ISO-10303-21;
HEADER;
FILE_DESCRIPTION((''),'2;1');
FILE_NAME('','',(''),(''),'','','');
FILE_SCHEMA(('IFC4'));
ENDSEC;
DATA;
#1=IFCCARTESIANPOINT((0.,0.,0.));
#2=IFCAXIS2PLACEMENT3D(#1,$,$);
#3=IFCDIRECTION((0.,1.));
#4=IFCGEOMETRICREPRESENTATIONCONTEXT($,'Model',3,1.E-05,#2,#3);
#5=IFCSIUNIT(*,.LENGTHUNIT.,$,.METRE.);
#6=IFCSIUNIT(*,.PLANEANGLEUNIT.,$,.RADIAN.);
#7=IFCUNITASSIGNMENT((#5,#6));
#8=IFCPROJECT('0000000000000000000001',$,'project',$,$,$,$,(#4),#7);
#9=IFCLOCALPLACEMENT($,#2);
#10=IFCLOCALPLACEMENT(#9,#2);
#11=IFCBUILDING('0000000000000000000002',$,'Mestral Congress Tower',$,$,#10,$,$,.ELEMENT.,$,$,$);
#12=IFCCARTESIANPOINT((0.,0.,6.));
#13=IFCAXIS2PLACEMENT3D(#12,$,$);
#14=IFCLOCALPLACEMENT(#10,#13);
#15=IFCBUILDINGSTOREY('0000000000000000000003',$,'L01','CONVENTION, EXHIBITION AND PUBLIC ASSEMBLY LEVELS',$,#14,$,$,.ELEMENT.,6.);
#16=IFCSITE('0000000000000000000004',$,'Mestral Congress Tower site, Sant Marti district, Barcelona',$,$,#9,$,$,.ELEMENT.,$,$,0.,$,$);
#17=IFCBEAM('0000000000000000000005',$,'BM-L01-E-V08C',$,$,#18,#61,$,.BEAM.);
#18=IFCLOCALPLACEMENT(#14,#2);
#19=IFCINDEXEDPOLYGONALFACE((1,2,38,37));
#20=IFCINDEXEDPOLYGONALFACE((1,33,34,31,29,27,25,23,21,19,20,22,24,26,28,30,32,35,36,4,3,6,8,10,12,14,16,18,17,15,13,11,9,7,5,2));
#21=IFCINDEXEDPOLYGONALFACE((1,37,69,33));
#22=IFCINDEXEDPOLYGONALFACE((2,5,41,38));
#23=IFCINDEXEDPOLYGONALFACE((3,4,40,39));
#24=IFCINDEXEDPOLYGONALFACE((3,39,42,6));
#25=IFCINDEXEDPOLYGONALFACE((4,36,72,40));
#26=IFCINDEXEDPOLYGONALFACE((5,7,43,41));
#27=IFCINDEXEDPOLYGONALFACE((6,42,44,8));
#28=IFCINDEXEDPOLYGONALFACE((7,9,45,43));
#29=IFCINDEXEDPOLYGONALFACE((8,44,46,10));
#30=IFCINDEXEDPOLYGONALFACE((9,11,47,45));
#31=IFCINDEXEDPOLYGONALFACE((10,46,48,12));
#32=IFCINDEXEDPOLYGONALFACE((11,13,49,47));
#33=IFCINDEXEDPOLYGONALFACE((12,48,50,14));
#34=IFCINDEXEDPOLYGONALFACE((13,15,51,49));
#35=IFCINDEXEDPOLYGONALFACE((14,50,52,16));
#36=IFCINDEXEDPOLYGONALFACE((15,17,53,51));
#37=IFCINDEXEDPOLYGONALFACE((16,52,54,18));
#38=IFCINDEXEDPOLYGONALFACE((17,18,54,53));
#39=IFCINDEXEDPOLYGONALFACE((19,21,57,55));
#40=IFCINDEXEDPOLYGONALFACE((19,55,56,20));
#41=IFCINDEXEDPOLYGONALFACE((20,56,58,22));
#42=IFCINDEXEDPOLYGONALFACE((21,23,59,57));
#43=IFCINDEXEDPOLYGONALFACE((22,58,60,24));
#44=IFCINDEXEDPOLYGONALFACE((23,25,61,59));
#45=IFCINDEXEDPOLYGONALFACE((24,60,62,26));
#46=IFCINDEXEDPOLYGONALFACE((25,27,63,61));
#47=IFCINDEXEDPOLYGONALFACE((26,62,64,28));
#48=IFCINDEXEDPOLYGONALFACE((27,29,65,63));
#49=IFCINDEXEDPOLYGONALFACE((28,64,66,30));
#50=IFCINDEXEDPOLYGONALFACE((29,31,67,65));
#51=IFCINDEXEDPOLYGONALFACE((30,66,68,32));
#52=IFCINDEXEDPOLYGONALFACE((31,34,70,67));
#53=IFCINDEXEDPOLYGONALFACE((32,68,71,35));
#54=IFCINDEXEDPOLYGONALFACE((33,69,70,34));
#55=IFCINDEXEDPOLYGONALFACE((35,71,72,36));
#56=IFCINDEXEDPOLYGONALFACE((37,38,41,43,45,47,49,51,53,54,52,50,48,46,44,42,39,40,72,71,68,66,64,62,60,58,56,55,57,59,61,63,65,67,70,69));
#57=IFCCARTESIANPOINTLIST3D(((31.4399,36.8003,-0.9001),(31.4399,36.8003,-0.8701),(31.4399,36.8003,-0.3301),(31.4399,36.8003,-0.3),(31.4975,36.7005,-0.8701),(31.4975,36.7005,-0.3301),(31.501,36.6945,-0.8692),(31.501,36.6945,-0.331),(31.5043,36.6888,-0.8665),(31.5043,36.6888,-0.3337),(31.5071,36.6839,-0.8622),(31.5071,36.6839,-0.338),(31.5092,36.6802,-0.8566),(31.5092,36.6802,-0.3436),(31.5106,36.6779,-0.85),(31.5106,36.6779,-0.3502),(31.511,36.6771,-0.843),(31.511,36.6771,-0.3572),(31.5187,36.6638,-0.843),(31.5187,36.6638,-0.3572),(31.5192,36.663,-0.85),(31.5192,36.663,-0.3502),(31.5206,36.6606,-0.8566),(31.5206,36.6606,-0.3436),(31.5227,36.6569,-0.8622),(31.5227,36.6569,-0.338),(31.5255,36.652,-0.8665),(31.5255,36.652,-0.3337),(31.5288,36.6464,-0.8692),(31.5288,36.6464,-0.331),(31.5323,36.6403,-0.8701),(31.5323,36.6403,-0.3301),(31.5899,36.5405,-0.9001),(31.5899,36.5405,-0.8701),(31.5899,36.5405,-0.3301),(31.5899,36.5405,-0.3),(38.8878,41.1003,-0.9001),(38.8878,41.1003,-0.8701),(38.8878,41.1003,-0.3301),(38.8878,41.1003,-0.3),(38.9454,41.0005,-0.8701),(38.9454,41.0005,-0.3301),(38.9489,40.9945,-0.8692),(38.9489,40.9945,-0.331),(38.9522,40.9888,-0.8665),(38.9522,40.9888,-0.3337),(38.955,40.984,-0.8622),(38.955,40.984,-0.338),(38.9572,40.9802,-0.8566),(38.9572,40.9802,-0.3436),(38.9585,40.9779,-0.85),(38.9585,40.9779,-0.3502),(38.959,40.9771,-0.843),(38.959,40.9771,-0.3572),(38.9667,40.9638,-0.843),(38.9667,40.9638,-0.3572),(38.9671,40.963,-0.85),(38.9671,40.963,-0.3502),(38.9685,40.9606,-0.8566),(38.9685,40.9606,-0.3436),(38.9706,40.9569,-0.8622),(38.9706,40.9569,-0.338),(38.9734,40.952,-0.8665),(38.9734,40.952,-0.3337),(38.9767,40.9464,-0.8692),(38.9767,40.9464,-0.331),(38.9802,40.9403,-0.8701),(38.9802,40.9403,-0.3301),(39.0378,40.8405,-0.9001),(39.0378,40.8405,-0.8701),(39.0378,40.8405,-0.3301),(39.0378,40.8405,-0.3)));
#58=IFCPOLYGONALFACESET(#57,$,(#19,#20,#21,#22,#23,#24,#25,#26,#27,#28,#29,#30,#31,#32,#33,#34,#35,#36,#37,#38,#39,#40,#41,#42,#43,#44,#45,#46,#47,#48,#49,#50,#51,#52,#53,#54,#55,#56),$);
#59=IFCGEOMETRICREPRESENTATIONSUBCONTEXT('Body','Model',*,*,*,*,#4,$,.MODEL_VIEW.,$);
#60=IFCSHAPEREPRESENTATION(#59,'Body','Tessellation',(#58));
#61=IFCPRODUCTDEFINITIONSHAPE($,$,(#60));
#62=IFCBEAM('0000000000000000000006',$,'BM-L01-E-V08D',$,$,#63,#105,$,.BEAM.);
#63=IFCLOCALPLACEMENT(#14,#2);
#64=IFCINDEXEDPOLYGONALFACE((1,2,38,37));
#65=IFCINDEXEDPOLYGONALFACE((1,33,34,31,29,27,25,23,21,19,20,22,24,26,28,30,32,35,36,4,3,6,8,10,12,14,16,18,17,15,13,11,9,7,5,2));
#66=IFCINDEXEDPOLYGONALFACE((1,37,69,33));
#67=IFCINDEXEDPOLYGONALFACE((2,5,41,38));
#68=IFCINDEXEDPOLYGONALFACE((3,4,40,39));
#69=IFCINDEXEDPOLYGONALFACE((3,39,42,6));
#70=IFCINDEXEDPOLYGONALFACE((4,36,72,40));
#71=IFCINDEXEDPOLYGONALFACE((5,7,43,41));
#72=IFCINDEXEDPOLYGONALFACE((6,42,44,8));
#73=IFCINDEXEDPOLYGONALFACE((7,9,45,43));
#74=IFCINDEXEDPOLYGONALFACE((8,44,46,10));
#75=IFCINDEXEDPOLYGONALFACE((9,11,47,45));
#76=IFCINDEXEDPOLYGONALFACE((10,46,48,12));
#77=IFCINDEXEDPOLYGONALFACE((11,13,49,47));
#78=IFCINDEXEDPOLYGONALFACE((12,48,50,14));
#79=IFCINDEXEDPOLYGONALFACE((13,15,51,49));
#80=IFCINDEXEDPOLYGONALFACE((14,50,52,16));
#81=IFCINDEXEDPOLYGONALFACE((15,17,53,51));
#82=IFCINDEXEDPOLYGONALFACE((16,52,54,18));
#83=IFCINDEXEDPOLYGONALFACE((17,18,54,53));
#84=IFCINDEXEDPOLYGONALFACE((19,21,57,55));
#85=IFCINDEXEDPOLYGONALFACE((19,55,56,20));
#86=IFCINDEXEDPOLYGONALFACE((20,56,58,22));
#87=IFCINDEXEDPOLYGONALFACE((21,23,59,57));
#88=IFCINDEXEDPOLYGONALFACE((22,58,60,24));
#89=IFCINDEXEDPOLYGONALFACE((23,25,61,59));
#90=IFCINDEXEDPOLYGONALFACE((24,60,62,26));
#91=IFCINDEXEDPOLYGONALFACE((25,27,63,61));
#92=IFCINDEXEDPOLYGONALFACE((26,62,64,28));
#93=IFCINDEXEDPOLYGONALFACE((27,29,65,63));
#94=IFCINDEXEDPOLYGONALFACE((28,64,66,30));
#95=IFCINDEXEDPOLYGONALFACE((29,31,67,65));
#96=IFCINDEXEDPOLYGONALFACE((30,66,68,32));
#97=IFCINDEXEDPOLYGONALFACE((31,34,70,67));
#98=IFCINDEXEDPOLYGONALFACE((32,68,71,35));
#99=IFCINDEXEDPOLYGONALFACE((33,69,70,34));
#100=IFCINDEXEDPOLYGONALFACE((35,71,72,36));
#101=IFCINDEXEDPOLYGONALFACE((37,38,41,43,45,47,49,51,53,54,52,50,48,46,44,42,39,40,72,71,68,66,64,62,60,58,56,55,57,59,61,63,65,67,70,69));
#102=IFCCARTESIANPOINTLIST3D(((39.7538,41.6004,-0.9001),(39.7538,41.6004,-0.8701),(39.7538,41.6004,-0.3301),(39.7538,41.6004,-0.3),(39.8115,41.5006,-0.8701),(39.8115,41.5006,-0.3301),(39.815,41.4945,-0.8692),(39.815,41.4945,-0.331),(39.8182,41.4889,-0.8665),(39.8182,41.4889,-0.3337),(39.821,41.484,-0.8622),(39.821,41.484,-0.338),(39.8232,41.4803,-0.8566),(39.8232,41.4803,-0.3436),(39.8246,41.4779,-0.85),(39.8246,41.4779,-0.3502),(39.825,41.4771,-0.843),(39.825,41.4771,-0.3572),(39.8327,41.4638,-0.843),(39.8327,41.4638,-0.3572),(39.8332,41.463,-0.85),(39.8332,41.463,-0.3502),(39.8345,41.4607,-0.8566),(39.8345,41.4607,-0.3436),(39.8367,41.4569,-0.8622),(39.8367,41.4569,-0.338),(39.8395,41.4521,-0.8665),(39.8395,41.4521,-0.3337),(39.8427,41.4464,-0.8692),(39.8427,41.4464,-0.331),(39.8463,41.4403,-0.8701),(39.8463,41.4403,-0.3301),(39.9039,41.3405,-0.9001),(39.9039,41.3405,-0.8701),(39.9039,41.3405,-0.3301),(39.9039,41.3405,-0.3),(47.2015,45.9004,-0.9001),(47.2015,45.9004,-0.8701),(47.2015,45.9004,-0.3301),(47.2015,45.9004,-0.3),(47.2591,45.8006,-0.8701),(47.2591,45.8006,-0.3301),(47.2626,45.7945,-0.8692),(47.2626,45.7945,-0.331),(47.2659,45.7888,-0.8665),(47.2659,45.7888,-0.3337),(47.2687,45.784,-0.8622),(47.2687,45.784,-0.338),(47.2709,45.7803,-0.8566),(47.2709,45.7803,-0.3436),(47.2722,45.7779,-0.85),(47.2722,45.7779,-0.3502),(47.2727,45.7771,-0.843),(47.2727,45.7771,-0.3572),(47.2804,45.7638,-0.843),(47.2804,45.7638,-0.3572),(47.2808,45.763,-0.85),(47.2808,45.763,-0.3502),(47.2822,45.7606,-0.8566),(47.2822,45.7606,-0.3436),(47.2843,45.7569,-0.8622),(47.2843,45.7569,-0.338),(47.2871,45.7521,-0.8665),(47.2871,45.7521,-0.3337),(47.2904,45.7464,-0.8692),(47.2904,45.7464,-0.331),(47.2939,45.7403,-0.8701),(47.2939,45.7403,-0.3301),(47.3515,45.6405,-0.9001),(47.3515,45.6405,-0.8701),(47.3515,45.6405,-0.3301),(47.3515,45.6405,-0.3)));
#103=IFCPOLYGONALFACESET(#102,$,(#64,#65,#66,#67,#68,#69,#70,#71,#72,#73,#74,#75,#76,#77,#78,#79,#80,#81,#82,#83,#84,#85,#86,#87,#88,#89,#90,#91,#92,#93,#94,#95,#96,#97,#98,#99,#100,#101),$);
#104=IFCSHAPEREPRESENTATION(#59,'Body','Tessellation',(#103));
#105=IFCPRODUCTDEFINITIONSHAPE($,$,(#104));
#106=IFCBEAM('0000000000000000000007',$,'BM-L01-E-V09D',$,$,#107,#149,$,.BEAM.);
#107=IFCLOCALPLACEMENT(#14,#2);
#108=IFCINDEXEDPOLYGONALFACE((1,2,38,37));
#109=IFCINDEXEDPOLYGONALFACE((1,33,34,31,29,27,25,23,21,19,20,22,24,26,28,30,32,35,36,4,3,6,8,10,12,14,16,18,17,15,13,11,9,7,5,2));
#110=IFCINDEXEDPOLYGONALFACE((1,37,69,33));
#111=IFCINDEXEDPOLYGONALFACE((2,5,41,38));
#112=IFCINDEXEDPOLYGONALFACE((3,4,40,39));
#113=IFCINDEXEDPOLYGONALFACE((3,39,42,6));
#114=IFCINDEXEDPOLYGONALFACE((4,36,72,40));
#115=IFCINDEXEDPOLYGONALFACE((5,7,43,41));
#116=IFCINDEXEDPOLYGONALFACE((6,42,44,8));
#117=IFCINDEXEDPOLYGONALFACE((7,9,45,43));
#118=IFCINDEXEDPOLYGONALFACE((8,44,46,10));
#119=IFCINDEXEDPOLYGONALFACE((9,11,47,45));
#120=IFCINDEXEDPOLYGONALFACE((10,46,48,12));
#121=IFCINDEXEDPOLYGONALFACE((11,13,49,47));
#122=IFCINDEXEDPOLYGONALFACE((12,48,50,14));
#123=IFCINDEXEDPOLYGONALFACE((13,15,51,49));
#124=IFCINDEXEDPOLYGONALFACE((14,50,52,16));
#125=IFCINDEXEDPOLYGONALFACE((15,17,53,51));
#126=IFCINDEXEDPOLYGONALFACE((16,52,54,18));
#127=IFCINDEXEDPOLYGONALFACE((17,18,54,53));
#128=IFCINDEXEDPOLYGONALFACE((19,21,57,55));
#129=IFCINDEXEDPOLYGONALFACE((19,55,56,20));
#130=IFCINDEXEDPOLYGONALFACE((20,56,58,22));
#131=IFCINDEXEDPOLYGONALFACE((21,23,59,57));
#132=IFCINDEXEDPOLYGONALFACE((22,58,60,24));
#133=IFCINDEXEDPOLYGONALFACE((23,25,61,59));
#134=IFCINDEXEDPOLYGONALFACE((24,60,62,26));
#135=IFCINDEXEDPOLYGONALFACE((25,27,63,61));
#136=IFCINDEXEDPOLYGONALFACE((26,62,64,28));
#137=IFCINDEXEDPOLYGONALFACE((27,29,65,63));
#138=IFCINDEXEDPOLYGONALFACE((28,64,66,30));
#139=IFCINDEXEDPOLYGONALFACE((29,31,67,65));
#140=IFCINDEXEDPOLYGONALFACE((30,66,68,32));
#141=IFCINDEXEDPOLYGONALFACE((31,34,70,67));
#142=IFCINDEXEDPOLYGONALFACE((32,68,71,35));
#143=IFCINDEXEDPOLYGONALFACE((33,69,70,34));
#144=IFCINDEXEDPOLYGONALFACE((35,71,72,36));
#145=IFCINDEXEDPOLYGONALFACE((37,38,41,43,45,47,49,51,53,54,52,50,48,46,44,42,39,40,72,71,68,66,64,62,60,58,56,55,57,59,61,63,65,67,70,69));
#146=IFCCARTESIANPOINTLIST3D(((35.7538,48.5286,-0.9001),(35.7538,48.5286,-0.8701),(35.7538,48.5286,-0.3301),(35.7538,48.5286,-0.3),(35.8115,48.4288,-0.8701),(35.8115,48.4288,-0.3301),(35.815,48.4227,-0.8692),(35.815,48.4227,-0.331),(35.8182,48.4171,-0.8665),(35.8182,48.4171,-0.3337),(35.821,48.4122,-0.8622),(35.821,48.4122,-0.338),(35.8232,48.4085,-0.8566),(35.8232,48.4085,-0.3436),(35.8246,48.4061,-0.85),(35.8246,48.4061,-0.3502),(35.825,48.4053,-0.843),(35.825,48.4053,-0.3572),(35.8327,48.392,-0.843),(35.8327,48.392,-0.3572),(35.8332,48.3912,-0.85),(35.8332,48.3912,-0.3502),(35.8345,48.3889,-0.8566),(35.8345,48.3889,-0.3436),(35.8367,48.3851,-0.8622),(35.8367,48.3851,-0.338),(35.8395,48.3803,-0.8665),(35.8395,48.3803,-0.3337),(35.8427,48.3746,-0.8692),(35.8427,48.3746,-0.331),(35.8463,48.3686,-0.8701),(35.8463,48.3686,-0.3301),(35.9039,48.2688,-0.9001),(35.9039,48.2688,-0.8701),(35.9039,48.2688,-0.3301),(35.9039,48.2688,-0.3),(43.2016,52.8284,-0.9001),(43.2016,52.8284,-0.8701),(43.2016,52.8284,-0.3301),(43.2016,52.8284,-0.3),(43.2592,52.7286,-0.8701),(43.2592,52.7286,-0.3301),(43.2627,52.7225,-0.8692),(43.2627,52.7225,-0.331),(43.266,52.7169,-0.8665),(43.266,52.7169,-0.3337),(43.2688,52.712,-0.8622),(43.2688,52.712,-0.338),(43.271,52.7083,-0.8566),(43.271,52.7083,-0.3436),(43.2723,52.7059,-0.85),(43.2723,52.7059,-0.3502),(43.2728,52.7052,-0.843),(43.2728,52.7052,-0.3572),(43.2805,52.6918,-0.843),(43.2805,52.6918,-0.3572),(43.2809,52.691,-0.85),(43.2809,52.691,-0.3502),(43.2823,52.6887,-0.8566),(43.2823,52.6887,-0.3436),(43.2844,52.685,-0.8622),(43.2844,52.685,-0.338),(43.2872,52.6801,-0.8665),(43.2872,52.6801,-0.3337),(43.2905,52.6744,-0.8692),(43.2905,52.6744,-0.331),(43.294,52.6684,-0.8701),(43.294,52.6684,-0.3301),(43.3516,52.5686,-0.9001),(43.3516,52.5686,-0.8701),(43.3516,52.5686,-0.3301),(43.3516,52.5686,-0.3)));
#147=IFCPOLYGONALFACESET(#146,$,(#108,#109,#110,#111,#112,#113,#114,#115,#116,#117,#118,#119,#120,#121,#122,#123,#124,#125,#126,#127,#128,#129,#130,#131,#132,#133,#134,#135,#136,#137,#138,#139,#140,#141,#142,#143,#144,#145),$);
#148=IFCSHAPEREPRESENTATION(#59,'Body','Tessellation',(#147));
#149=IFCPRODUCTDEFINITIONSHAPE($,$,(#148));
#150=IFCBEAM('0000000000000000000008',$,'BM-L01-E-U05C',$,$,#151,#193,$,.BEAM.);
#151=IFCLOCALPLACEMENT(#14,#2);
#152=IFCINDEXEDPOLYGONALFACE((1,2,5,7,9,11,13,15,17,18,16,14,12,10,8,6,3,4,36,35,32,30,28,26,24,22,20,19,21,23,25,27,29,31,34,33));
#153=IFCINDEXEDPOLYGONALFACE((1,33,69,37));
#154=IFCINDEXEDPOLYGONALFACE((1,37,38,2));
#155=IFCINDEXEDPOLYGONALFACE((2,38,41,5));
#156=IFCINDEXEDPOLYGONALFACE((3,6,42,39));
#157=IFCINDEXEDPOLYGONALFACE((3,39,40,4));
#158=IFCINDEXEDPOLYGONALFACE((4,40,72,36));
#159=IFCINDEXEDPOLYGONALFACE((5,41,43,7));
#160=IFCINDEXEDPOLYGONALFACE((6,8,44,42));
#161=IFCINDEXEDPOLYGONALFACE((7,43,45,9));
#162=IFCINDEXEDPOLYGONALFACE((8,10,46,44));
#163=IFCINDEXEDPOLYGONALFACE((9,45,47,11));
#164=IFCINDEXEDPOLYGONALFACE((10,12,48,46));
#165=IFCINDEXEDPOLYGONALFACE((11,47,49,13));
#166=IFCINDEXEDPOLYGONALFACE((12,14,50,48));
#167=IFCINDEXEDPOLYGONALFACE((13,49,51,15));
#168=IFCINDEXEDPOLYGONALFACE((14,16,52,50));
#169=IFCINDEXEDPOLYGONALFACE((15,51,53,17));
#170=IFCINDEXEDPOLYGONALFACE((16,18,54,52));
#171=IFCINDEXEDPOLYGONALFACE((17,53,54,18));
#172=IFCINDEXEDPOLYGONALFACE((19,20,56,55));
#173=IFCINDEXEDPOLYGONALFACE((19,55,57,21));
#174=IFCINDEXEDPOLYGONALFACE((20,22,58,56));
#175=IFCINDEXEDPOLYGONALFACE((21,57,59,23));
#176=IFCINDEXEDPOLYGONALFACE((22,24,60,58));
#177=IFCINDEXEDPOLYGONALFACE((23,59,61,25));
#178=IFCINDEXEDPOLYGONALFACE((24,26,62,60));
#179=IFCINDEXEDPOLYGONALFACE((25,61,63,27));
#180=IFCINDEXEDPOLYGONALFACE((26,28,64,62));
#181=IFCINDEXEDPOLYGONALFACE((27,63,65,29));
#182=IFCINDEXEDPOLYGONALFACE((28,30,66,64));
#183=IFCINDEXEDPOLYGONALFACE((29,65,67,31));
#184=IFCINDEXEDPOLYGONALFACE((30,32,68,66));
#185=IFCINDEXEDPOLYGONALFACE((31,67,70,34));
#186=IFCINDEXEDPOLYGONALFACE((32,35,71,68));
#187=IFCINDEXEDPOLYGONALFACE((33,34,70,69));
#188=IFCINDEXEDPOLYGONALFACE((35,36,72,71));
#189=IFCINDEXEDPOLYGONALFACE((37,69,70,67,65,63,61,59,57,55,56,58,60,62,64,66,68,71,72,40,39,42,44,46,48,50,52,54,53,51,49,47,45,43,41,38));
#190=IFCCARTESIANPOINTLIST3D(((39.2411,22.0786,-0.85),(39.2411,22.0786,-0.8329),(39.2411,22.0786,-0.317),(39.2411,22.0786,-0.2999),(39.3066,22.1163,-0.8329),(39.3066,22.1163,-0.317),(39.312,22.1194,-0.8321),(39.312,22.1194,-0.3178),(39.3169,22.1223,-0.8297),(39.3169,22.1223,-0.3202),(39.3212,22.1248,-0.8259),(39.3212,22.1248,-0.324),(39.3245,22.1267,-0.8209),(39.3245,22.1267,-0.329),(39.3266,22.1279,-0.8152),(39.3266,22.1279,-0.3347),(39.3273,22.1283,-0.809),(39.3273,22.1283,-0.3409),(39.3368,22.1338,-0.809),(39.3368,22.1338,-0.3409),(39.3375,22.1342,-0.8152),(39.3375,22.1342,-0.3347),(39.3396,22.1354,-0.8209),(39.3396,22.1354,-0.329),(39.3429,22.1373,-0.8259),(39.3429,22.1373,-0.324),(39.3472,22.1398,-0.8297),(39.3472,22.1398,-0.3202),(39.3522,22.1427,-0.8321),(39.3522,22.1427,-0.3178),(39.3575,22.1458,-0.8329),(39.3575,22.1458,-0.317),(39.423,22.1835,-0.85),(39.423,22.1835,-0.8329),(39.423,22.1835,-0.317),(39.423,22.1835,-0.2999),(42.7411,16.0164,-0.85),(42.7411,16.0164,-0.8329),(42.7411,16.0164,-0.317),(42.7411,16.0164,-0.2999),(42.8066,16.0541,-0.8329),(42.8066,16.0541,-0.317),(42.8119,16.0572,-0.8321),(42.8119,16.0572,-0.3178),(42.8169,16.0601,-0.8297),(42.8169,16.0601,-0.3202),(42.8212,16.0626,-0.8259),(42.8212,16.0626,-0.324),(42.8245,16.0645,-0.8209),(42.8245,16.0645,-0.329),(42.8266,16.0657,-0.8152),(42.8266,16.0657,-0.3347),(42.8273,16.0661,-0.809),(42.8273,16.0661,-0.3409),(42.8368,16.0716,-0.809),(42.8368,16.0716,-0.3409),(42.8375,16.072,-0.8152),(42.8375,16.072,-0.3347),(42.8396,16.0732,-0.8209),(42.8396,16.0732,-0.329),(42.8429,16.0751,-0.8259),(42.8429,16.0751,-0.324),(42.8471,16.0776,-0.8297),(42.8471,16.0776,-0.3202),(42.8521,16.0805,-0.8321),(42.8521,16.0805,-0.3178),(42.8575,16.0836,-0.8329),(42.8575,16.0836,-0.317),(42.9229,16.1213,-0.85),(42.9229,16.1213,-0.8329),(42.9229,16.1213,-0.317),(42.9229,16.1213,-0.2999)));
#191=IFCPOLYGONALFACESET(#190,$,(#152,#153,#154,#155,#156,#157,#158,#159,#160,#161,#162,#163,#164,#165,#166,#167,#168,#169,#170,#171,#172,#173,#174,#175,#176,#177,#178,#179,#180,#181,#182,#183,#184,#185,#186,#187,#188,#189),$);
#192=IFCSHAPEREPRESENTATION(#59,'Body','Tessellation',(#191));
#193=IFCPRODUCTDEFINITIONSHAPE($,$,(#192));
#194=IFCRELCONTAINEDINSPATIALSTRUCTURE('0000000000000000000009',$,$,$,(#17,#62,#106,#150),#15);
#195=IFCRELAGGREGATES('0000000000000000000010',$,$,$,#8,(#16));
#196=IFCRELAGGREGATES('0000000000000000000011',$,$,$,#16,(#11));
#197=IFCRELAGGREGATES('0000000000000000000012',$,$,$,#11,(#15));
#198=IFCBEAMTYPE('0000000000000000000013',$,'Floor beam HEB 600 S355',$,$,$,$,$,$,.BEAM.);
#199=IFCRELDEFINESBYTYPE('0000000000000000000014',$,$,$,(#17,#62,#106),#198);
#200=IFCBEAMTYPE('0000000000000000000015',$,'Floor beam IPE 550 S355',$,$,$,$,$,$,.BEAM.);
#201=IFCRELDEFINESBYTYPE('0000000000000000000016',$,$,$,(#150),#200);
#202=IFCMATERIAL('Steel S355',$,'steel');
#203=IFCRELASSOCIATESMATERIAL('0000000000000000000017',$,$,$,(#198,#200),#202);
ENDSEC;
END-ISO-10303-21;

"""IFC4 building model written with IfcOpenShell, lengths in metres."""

from ifc_helpers import new_model, si_unit, direction, frame, origin, origin_2d, place, context, subcontext, project, spatial, i_section, extrude, material, material_profile, profile_set, type_object, element, save


model = new_model("IFC4")

# Units and contexts
model_context = context("Model", 3, precision=1e-05, world=origin(), true_north=direction((0.0, 1.0)))
body_context = subcontext(model_context, "Body", "Model", "MODEL_VIEW")
ifc_project = project(units=[si_unit("LENGTHUNIT", "METRE"), si_unit("PLANEANGLEUNIT", "RADIAN")], contexts=[model_context])

# Site, building, storey
site_placement = place(None, origin())
site = spatial("IfcSite", under=ifc_project, at=site_placement, Name="Mestral Congress Tower site, Sant Marti district, Barcelona", CompositionType="ELEMENT", RefElevation=0.0)
building_placement = place(site_placement, origin())
building = spatial("IfcBuilding", under=site, at=building_placement, Name="Mestral Congress Tower", CompositionType="ELEMENT")
storey_placement = place(building_placement, frame((0.0, 0.0, 6.0)))
storey = spatial("IfcBuildingStorey", under=building, at=storey_placement, Name="L01", Description="CONVENTION, EXHIBITION AND PUBLIC ASSEMBLY LEVELS", CompositionType="ELEMENT", Elevation=6.0)

# Beams
ifc_material = material(Name="Steel S355", Category="steel")
ifc_material_profile_1 = material_profile(ifc_material, i_section(OverallWidth=0.3, OverallDepth=0.6001, WebThickness=0.0154, FlangeThickness=0.03, FilletRadius=0.0271, at=origin_2d()), Name="HEB 600")
ifc_profile_set_1 = profile_set([ifc_material_profile_1], Name="Steel S355")
beam_type_1 = type_object("IfcBeamType", Name="Floor beam HEB 600 S355", PredefinedType="BEAM", material=ifc_profile_set_1)
beam_1_placement = place(storey_placement, frame((31.5149, 36.6704, -0.6001), z_axis=(0.866028, 0.499995, 0.0), x_axis=(-0.499995, 0.866028, 0.0)))
element("IfcBeam", 1, at=beam_1_placement, inside=storey, type_object=beam_type_1, Name="BM-L01-E-V08C", PredefinedType="BEAM", context=body_context, shape_type="SweptSolid", body=[
    extrude(i_section(OverallWidth=0.3, OverallDepth=0.6001, WebThickness=0.0154, FlangeThickness=0.03, FilletRadius=0.0271, at=origin_2d()), origin(), (0.0, 0.0, 1.0), 8.6001),
])
for number, where, z_axis, x_axis, name in (
    (2, (39.8289, 41.4705, -0.6001), (0.866021, 0.500008, 0.0), (-0.500008, 0.866021, 0.0), "BM-L01-E-V08D"),
    (3, (35.8289, 48.3987, -0.6001), (0.866033, 0.499986, 0.0), (-0.499986, 0.866033, 0.0), "BM-L01-E-V09D"),
):
    element("IfcBeam", number, at=place(storey_placement, frame(where, z_axis=z_axis, x_axis=x_axis)), inside=storey, type_object=beam_type_1, Name=name, PredefinedType="BEAM", context=body_context, shape_type="SweptSolid", body=[
        extrude(i_section(OverallWidth=0.3, OverallDepth=0.6001, WebThickness=0.0154, FlangeThickness=0.03, FilletRadius=0.0271, at=origin_2d()), origin(), (0.0, 0.0, 1.0), 8.5999),
    ])
ifc_material_profile_2 = material_profile(ifc_material, i_section(OverallWidth=0.21, OverallDepth=0.55, WebThickness=0.011, FlangeThickness=0.0171, FilletRadius=0.0239, at=origin_2d()), Name="IPE 550")
ifc_profile_set_2 = profile_set([ifc_material_profile_2], Name="Steel S355")
beam_type_2 = type_object("IfcBeamType", Name="Floor beam IPE 550 S355", PredefinedType="BEAM", material=ifc_profile_set_2)
beam_2_placement = place(storey_placement, frame((42.832, 16.0688, -0.575), z_axis=(-0.499995, 0.866028, 0.0), x_axis=(-0.866028, -0.499995, 0.0)))
element("IfcBeam", 4, at=beam_2_placement, inside=storey, type_object=beam_type_2, Name="BM-L01-E-U05C", PredefinedType="BEAM", context=body_context, shape_type="SweptSolid", body=[
    extrude(i_section(OverallWidth=0.21, OverallDepth=0.55, WebThickness=0.011, FlangeThickness=0.0171, FilletRadius=0.0239, at=origin_2d()), origin(), (0.0, 0.0, 1.0), 7.0),
])

save(model, "model.ifc")
